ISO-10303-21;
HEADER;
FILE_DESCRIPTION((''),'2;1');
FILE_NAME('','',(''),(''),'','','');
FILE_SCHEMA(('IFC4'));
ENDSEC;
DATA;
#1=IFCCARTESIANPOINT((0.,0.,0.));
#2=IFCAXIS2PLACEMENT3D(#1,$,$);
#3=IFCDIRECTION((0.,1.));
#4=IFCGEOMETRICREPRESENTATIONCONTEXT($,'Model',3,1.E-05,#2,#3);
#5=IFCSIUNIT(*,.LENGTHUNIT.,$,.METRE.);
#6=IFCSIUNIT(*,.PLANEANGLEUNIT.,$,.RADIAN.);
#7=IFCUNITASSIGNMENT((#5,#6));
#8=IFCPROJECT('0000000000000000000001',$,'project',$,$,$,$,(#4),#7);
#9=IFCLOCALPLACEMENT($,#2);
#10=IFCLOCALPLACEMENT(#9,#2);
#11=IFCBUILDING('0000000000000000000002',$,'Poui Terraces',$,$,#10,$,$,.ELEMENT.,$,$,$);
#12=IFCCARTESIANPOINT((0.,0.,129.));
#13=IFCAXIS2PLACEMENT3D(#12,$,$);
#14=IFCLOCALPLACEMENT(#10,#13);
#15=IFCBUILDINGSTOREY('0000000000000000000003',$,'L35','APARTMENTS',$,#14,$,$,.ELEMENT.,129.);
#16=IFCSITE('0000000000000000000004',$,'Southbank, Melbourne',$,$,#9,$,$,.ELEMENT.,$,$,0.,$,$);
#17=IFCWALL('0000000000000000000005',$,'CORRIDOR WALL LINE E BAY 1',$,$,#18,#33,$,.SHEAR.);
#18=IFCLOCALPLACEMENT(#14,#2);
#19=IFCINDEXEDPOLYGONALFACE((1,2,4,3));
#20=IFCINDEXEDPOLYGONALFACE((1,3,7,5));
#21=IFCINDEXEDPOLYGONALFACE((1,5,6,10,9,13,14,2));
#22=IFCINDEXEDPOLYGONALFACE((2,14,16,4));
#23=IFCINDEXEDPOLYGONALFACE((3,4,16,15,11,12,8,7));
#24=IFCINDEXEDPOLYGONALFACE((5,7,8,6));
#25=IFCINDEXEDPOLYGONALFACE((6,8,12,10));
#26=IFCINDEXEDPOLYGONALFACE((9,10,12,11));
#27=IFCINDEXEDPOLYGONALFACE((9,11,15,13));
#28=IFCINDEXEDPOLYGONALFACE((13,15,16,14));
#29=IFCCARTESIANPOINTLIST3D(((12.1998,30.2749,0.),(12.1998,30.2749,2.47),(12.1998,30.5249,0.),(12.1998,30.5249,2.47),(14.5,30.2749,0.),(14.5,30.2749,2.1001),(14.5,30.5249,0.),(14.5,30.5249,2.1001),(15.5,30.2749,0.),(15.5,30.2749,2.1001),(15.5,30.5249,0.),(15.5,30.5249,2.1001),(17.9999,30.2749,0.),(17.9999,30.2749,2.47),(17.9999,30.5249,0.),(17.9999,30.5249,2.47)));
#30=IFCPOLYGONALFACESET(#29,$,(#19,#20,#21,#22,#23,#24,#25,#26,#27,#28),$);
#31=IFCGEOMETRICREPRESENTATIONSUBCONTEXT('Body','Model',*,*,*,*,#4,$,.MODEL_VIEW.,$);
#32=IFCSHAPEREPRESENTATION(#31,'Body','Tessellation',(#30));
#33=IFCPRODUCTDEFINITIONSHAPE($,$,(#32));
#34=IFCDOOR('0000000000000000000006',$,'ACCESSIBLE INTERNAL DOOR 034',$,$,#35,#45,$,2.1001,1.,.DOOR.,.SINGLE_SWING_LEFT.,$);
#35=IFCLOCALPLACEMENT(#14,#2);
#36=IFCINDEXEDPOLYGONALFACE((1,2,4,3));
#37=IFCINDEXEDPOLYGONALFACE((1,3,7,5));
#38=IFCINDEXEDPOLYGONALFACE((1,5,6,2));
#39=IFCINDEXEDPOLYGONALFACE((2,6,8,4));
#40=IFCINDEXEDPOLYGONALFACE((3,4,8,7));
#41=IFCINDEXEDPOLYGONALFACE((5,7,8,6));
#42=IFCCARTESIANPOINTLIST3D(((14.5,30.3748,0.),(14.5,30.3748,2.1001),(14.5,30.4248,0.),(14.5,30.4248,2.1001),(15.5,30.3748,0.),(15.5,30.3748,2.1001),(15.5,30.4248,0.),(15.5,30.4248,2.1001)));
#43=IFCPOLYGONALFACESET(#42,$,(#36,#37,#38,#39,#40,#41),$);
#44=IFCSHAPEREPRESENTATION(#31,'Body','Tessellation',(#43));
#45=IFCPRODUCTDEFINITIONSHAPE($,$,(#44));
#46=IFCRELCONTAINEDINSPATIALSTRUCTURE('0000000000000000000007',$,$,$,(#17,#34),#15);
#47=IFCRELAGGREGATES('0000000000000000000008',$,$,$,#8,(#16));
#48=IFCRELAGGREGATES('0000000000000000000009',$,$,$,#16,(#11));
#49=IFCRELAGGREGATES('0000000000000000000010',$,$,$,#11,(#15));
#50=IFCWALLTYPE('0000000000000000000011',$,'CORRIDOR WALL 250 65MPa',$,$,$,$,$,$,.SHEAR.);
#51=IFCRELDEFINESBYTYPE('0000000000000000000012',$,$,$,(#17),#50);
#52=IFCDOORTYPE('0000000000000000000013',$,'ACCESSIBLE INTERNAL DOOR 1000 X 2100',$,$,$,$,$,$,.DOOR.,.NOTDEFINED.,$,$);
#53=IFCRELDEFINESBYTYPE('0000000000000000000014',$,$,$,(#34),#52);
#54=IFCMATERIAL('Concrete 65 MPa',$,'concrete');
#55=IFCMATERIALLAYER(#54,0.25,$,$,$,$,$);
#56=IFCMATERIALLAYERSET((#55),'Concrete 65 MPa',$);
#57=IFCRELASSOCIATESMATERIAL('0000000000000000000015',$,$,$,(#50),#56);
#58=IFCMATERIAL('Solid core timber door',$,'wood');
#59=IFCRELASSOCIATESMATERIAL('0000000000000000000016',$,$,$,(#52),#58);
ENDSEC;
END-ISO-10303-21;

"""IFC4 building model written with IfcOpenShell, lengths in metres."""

from ifc_helpers import new_model, si_unit, direction, frame, frame_2d, origin, place, context, subcontext, project, spatial, rectangle, extrude, material, layer, layer_set, type_object, element, fill, save


model = new_model("IFC4")

# Units and contexts
model_context = context("Model", 3, precision=1e-05, world=origin(), true_north=direction((0.0, 1.0)))
body_context = subcontext(model_context, "Body", "Model", "MODEL_VIEW")
ifc_project = project(units=[si_unit("LENGTHUNIT", "METRE"), si_unit("PLANEANGLEUNIT", "RADIAN")], contexts=[model_context])

# Site, building, storey
site_placement = place(None, origin())
site = spatial("IfcSite", under=ifc_project, at=site_placement, Name="Southbank, Melbourne", CompositionType="ELEMENT", RefElevation=0.0)
building_placement = place(site_placement, origin())
building = spatial("IfcBuilding", under=site, at=building_placement, Name="Poui Terraces", CompositionType="ELEMENT")
storey_placement = place(building_placement, frame((0.0, 0.0, 129.0)))
storey = spatial("IfcBuildingStorey", under=building, at=storey_placement, Name="L35", Description="APARTMENTS", CompositionType="ELEMENT", Elevation=129.0)

# Wall, opening, door
ifc_material_1 = material(Name="Concrete 65 MPa", Category="concrete")
ifc_layer_1 = layer(ifc_material_1, 0.25)
ifc_layer_set_1 = layer_set([ifc_layer_1], Name="Concrete 65 MPa")
wall_type_1 = type_object("IfcWallType", Name="CORRIDOR WALL 250 65MPa", PredefinedType="SHEAR", material=ifc_layer_set_1)
wall_1_placement = place(storey_placement, frame((12.2, 30.3999, 0.0), z_axis=(0.0, 0.0, 1.0), x_axis=(1.0, 0.0, 0.0)))
wall_1 = element("IfcWall", 1, at=wall_1_placement, inside=storey, type_object=wall_type_1, Name="CORRIDOR WALL LINE E BAY 1", PredefinedType="SHEAR", context=body_context, shape_type="SweptSolid", body=[
    extrude(rectangle(XDim=5.8, YDim=0.25, at=frame_2d((2.8999, 0.0))), origin(), (0.0, 0.0, 1.0), 2.47),
])
opening_1_placement = place(wall_1_placement, frame((2.3, 0.0, 0.0)))
opening_1 = element("IfcOpeningElement", 2, at=opening_1_placement, cuts=wall_1, PredefinedType="OPENING", context=body_context, shape_type="SweptSolid", body=[
    extrude(rectangle(XDim=1.0, YDim=2.1001, at=frame_2d((0.5, 1.05))), frame((0.0, 0.135, 0.0), z_axis=(0.0, -1.0, 0.0), x_axis=(1.0, 0.0, 0.0)), (0.0, 0.0, 1.0), 0.27),
])
ifc_material_2 = material(Name="Solid core timber door", Category="wood")
door_type_1 = type_object("IfcDoorType", Name="ACCESSIBLE INTERNAL DOOR 1000 X 2100", OperationType="NOTDEFINED", PredefinedType="DOOR", material=ifc_material_2)
door_1_placement = place(opening_1_placement, origin())
door_1 = element("IfcDoor", 3, at=door_1_placement, inside=storey, type_object=door_type_1, Name="ACCESSIBLE INTERNAL DOOR 034", OperationType="SINGLE_SWING_LEFT", OverallHeight=2.1001, OverallWidth=1.0, PredefinedType="DOOR", context=body_context, shape_type="SweptSolid", body=[
    extrude(rectangle(XDim=1.0, YDim=2.1001, at=frame_2d((0.5, 1.05))), frame((0.0, 0.0249, 0.0), z_axis=(0.0, -1.0, 0.0), x_axis=(1.0, 0.0, 0.0)), (0.0, 0.0, 1.0), 0.05),
])
fill(opening_1, door_1)

save(model, "model.ifc")
